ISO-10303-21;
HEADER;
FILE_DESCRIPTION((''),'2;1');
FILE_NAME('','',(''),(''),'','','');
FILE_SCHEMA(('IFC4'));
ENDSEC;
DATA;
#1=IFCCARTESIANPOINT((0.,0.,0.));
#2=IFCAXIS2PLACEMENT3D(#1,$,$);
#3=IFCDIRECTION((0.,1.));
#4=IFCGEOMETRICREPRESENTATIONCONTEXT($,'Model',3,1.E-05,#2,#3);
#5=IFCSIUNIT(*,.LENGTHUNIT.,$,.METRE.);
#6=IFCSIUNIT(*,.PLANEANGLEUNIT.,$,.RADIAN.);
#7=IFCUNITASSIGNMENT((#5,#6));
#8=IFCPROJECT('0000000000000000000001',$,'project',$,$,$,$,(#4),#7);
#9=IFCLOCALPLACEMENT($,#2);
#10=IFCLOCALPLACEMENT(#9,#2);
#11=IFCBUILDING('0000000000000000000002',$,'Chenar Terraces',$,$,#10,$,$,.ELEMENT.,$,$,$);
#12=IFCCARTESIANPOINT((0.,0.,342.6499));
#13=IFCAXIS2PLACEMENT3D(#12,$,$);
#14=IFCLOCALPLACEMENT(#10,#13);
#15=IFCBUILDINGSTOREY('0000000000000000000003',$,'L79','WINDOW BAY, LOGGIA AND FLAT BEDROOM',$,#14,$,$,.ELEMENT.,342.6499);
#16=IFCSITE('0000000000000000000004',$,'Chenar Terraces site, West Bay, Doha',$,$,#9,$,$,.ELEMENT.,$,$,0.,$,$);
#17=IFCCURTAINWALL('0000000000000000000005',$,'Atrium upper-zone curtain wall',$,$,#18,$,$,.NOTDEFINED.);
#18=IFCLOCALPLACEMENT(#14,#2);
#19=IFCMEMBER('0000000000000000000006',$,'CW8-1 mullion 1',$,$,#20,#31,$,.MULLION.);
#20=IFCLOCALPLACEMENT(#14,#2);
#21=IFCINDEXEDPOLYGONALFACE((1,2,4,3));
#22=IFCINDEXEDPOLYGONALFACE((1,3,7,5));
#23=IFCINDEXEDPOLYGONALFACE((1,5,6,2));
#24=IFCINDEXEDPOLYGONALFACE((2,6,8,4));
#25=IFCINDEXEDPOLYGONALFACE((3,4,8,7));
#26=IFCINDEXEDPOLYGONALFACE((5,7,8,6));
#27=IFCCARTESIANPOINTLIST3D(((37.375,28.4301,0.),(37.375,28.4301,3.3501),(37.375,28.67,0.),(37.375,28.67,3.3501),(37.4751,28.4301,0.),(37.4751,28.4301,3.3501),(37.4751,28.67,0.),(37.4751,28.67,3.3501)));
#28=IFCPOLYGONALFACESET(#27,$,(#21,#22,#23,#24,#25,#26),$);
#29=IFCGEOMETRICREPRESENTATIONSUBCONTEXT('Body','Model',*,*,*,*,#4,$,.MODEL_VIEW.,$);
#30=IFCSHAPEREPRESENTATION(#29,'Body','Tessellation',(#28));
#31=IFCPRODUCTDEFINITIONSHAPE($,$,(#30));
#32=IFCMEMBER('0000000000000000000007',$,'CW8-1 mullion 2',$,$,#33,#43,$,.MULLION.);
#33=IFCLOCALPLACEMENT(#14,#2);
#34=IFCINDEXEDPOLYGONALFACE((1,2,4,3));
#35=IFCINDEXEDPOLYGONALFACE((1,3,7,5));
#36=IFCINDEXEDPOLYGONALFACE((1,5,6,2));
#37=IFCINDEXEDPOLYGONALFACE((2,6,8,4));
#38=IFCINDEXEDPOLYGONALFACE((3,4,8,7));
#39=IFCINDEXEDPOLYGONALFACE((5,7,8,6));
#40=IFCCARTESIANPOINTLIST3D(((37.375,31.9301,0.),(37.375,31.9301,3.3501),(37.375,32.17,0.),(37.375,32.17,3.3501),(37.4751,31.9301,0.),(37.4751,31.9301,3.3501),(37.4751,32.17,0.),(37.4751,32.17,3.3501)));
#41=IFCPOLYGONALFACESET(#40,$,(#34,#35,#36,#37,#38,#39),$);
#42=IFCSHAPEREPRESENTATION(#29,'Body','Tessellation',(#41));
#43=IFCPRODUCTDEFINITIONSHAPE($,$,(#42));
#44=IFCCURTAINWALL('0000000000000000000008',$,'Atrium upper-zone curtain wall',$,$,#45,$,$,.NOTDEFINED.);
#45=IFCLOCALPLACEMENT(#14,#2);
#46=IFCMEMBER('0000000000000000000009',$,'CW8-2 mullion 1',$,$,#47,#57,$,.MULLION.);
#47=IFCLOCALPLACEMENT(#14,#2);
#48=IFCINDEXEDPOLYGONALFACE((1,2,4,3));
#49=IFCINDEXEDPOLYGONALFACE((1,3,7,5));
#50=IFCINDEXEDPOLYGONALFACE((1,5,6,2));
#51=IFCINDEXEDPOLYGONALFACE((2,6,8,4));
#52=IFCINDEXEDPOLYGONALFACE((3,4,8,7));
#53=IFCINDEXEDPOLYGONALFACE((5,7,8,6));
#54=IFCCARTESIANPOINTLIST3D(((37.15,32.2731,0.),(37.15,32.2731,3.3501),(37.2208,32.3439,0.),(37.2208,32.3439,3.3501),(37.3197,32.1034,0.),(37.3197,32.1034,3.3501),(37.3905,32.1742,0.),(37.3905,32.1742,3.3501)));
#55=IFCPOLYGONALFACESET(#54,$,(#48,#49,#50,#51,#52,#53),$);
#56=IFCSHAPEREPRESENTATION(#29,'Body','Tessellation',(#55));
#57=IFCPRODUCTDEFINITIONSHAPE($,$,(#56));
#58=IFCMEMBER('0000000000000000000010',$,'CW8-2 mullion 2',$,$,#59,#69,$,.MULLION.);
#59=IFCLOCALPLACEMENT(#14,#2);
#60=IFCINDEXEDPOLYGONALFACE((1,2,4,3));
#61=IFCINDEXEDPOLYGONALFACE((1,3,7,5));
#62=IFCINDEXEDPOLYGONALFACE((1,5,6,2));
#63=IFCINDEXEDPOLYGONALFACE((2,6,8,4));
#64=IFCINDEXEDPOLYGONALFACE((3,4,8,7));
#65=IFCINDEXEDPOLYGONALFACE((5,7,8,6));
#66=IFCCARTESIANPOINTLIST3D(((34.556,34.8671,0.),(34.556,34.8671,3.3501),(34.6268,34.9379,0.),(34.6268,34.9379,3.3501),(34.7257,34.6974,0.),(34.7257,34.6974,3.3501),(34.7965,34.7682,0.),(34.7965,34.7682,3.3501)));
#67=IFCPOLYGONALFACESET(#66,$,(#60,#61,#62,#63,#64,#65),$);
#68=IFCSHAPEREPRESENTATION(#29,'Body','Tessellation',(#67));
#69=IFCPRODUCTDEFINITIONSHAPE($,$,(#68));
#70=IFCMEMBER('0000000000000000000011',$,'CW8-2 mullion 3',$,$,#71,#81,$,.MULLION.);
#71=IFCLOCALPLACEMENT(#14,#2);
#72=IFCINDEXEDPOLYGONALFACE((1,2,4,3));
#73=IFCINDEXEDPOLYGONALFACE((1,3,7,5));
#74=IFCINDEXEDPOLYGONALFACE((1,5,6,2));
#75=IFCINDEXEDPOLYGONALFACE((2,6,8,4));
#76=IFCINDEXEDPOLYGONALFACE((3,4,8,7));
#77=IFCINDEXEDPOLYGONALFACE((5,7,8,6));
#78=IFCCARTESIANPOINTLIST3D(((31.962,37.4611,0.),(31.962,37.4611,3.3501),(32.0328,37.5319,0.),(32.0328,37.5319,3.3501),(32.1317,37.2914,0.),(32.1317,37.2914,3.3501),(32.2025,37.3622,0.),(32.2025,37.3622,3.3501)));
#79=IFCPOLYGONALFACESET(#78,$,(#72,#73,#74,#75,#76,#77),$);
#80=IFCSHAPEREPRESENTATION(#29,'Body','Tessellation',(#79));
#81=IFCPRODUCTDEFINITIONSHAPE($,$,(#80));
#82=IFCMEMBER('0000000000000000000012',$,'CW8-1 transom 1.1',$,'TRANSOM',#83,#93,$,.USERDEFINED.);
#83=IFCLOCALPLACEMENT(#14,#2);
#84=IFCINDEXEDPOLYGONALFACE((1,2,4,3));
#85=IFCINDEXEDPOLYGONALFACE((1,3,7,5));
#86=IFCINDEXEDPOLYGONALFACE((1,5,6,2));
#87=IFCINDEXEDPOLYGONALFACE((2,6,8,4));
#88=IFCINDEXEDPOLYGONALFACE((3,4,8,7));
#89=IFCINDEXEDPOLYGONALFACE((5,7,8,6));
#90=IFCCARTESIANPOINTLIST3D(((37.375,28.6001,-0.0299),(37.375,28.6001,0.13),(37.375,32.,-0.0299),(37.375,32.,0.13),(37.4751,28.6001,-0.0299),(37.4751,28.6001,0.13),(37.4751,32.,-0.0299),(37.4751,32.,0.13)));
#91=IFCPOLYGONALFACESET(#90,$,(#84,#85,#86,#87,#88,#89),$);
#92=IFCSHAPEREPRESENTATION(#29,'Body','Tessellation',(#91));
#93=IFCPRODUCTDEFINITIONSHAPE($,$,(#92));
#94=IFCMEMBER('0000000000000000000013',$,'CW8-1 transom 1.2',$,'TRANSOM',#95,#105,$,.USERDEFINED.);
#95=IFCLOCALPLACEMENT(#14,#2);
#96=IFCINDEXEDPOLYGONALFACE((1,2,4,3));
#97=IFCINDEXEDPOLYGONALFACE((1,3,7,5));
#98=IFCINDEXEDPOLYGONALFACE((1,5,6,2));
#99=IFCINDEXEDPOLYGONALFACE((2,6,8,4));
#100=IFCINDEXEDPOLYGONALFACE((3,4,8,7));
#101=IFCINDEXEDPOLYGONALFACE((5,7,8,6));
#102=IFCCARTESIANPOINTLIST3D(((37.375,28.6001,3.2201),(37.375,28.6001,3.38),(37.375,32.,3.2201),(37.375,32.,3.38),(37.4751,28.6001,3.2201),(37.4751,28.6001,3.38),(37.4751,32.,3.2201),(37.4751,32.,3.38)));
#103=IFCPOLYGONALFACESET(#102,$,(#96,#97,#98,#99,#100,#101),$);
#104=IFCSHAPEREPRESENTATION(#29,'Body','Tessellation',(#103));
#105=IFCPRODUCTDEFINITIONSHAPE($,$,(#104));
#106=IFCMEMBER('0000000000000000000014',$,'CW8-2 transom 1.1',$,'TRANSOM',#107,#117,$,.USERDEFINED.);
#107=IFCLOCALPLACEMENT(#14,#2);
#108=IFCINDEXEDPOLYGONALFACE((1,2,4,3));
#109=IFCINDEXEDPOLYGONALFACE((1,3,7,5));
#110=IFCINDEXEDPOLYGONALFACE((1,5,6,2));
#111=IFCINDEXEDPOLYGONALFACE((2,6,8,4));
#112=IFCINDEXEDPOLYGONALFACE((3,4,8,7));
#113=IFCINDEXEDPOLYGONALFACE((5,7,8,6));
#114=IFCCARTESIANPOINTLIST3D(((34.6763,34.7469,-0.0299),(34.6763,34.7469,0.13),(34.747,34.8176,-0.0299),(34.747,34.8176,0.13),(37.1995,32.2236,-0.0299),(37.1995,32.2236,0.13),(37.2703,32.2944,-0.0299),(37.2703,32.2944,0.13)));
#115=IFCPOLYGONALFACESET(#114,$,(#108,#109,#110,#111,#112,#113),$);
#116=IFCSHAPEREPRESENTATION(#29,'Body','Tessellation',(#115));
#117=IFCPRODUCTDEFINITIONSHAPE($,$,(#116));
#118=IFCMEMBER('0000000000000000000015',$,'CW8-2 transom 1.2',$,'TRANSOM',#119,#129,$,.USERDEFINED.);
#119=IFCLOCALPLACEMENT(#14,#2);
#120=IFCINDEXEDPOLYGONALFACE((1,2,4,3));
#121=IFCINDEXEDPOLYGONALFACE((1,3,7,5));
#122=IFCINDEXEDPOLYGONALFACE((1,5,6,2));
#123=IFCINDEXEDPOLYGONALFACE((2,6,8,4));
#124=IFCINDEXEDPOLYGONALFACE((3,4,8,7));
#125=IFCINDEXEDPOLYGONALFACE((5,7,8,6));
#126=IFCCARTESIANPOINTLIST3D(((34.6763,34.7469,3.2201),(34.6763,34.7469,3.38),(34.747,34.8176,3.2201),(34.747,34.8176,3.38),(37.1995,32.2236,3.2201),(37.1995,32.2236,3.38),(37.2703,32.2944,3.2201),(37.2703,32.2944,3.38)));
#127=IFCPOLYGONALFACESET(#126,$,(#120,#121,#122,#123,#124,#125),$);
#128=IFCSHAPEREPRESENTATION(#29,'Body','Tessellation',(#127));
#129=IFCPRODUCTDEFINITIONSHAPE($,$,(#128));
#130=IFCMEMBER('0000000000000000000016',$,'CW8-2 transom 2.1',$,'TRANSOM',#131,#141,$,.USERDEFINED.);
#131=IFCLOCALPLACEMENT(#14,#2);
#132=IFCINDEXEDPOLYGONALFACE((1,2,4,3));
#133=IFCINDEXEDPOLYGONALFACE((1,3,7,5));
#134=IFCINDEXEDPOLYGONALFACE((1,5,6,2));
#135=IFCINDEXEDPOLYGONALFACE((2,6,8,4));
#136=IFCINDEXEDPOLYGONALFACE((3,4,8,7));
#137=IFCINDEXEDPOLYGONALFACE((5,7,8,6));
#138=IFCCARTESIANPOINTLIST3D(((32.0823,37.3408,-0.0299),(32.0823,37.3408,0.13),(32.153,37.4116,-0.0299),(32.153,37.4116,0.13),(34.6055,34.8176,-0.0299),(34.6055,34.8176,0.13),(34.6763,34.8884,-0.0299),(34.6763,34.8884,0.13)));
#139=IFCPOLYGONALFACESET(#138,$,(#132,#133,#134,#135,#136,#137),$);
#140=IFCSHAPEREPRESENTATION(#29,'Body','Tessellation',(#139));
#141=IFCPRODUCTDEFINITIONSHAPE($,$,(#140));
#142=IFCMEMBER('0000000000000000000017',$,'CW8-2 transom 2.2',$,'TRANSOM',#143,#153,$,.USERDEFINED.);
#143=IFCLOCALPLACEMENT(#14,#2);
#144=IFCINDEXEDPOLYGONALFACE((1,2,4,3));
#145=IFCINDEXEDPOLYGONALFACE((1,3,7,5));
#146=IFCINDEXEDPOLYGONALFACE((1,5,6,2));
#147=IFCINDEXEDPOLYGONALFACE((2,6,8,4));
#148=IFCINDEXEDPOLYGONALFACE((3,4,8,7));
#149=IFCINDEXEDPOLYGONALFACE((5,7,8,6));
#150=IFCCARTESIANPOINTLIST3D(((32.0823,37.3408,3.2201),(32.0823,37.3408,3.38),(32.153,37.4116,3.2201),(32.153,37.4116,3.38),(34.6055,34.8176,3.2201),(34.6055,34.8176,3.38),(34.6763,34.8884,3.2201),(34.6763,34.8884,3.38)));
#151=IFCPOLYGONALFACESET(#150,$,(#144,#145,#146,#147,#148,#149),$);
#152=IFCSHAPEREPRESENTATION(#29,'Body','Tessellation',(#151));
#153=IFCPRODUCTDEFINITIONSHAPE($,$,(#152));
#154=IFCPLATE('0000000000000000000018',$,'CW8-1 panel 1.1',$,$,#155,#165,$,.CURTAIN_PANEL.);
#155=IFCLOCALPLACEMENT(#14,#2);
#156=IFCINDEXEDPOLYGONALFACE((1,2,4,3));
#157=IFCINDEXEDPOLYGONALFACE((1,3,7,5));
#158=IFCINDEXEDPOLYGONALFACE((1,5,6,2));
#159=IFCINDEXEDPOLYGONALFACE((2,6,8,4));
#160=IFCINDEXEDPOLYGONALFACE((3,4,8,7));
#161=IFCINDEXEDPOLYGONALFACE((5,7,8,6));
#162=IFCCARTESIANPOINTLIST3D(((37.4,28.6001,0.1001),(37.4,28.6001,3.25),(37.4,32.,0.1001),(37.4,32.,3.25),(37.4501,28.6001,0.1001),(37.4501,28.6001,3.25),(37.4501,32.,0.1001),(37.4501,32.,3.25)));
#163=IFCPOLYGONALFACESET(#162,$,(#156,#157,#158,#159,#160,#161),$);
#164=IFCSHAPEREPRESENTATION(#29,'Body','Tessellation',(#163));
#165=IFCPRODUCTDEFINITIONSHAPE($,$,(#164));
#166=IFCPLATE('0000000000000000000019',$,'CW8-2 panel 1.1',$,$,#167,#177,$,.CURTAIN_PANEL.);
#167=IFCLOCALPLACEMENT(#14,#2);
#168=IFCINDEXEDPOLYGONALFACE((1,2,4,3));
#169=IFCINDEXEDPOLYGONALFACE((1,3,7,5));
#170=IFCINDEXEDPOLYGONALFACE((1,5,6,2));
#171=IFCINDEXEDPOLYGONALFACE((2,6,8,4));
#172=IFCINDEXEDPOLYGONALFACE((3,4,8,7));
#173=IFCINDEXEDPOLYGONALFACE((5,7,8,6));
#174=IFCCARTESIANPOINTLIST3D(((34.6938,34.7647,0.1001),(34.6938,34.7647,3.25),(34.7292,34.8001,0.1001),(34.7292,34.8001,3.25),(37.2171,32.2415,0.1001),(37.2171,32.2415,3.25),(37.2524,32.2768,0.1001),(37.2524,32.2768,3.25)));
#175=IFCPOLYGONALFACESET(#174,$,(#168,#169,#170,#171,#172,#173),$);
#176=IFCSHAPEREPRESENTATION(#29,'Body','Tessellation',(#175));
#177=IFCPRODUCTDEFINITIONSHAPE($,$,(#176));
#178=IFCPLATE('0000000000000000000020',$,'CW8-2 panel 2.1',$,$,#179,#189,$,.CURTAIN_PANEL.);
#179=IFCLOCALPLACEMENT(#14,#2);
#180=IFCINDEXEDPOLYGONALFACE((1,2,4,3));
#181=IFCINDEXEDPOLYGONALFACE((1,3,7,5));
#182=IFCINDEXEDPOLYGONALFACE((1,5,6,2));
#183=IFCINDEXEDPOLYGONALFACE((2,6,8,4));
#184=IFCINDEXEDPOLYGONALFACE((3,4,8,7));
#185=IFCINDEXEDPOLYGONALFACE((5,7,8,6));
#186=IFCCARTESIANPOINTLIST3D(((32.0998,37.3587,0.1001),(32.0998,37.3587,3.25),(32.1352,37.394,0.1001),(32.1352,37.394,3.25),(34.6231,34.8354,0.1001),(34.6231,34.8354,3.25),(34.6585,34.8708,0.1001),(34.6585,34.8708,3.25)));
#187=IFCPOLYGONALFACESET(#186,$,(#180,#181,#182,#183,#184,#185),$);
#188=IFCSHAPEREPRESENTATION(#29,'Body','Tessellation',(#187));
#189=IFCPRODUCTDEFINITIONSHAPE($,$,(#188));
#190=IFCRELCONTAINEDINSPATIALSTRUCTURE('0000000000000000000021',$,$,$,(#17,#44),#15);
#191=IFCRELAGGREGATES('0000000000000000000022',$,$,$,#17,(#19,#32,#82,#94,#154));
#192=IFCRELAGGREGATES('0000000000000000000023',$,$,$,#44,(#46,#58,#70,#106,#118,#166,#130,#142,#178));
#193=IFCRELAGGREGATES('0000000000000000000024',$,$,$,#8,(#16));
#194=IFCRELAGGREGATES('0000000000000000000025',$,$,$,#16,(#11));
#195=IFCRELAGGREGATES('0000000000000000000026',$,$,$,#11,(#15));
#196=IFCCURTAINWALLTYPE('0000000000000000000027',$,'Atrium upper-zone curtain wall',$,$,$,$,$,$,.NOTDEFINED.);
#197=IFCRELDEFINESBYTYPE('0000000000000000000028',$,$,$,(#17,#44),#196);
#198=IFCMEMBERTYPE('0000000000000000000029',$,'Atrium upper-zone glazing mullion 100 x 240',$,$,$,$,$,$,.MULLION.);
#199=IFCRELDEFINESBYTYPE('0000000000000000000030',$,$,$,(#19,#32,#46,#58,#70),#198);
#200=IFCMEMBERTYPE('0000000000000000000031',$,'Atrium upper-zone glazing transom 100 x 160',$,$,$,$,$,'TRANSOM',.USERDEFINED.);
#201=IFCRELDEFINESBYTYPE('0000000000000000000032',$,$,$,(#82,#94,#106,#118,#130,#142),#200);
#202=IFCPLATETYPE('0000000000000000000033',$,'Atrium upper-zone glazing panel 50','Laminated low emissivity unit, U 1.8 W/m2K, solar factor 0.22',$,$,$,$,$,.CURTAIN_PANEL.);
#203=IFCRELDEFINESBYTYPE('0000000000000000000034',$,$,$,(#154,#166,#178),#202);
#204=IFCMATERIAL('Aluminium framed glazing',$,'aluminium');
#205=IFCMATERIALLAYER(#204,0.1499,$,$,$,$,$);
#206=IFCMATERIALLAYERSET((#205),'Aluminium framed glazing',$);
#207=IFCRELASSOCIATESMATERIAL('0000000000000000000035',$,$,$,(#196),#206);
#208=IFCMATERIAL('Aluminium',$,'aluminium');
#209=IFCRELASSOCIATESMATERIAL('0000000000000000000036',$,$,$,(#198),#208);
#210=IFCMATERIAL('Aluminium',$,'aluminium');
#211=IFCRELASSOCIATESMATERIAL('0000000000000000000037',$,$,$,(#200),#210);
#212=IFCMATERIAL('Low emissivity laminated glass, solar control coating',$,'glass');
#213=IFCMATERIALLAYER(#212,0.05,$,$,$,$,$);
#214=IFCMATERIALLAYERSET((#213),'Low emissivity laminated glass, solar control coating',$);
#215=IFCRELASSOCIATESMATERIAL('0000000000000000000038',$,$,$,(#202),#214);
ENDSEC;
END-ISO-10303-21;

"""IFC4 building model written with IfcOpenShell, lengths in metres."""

from ifc_helpers import new_model, si_unit, direction, frame, origin, origin_2d, place, context, subcontext, project, spatial, rectangle, extrude, material, layer, layer_set, material_profile, profile_set, type_object, element, aggregate, save


model = new_model("IFC4")

# Units and contexts
model_context = context("Model", 3, precision=1e-05, world=origin(), true_north=direction((0.0, 1.0)))
body_context = subcontext(model_context, "Body", "Model", "MODEL_VIEW")
ifc_project = project(units=[si_unit("LENGTHUNIT", "METRE"), si_unit("PLANEANGLEUNIT", "RADIAN")], contexts=[model_context])

# Site, building, storey
site_placement = place(None, origin())
site = spatial("IfcSite", under=ifc_project, at=site_placement, Name="Chenar Terraces site, West Bay, Doha", CompositionType="ELEMENT", RefElevation=0.0)
building_placement = place(site_placement, origin())
building = spatial("IfcBuilding", under=site, at=building_placement, Name="Chenar Terraces", CompositionType="ELEMENT")
storey_placement = place(building_placement, frame((0.0, 0.0, 342.6499)))
storey = spatial("IfcBuildingStorey", under=building, at=storey_placement, Name="L79", Description="WINDOW BAY, LOGGIA AND FLAT BEDROOM", CompositionType="ELEMENT", Elevation=342.6499)

# Curtain walls, members
ifc_material_1 = material(Name="Aluminium framed glazing", Category="aluminium")
ifc_layer_1 = layer(ifc_material_1, 0.1499)
ifc_layer_set_1 = layer_set([ifc_layer_1], Name="Aluminium framed glazing")
curtain_wall_type = type_object("IfcCurtainWallType", Name="Atrium upper-zone curtain wall", PredefinedType="NOTDEFINED", material=ifc_layer_set_1)
placement = place(storey_placement, origin())
curtain_wall_1 = element("IfcCurtainWall", 1, at=placement, inside=storey, type_object=curtain_wall_type, Name="Atrium upper-zone curtain wall", PredefinedType="NOTDEFINED")
ifc_material_2 = material(Name="Aluminium", Category="aluminium")
ifc_material_profile_1 = material_profile(ifc_material_2, rectangle(XDim=0.1001, YDim=0.24, at=origin_2d()), Name="Atrium upper-zone glazing mullion 100 x 240")
ifc_profile_set_1 = profile_set([ifc_material_profile_1], Name="Aluminium")
member_type_1 = type_object("IfcMemberType", Name="Atrium upper-zone glazing mullion 100 x 240", PredefinedType="MULLION", material=ifc_profile_set_1)
member_1_placement = place(storey_placement, frame((37.425, 28.55, 0.0), z_axis=(0.0, 0.0, 1.0), x_axis=(-1.0, 0.0, 0.0)))
member_1 = element("IfcMember", 2, at=member_1_placement, type_object=member_type_1, Name="CW8-1 mullion 1", PredefinedType="MULLION", context=body_context, shape_type="SweptSolid", body=[
    extrude(rectangle(XDim=0.1001, YDim=0.24, at=origin_2d()), origin(), (0.0, 0.0, 1.0), 3.3501),
])
member_2_placement = place(storey_placement, frame((37.425, 32.05, 0.0), z_axis=(0.0, 0.0, 1.0), x_axis=(-1.0, 0.0, 0.0)))
member_2 = element("IfcMember", 3, at=member_2_placement, type_object=member_type_1, Name="CW8-1 mullion 2", PredefinedType="MULLION", context=body_context, shape_type="SweptSolid", body=[
    extrude(rectangle(XDim=0.1001, YDim=0.24, at=origin_2d()), origin(), (0.0, 0.0, 1.0), 3.3501),
])
curtain_wall_2 = element("IfcCurtainWall", 4, at=placement, inside=storey, type_object=curtain_wall_type, Name="Atrium upper-zone curtain wall", PredefinedType="NOTDEFINED")
member_3_placement = place(storey_placement, frame((37.2703, 32.2236, 0.0), z_axis=(0.0, 0.0, 1.0), x_axis=(-0.707107, -0.707107, 0.0)))
member_3 = element("IfcMember", 5, at=member_3_placement, type_object=member_type_1, Name="CW8-2 mullion 1", PredefinedType="MULLION", context=body_context, shape_type="SweptSolid", body=[
    extrude(rectangle(XDim=0.1001, YDim=0.24, at=origin_2d()), origin(), (0.0, 0.0, 1.0), 3.3501),
])
member_4_placement = place(storey_placement, frame((34.6763, 34.8176, 0.0), z_axis=(0.0, 0.0, 1.0), x_axis=(-0.707107, -0.707107, 0.0)))
member_4 = element("IfcMember", 6, at=member_4_placement, type_object=member_type_1, Name="CW8-2 mullion 2", PredefinedType="MULLION", context=body_context, shape_type="SweptSolid", body=[
    extrude(rectangle(XDim=0.1001, YDim=0.24, at=origin_2d()), origin(), (0.0, 0.0, 1.0), 3.3501),
])
member_5_placement = place(storey_placement, frame((32.0823, 37.4116, 0.0), z_axis=(0.0, 0.0, 1.0), x_axis=(-0.707107, -0.707107, 0.0)))
member_5 = element("IfcMember", 7, at=member_5_placement, type_object=member_type_1, Name="CW8-2 mullion 3", PredefinedType="MULLION", context=body_context, shape_type="SweptSolid", body=[
    extrude(rectangle(XDim=0.1001, YDim=0.24, at=origin_2d()), origin(), (0.0, 0.0, 1.0), 3.3501),
])

# Members
ifc_material_3 = material(Name="Aluminium", Category="aluminium")
ifc_material_profile_2 = material_profile(ifc_material_3, rectangle(XDim=0.1001, YDim=0.1599, at=origin_2d()), Name="Atrium upper-zone glazing transom 100 x 160")
ifc_profile_set_2 = profile_set([ifc_material_profile_2], Name="Aluminium")
member_type_2 = type_object("IfcMemberType", Name="Atrium upper-zone glazing transom 100 x 160", ElementType="TRANSOM", PredefinedType="USERDEFINED", material=ifc_profile_set_2)
member_6_placement = place(storey_placement, frame((37.425, 28.6001, 0.05), z_axis=(0.0, 1.0, 0.0), x_axis=(-1.0, 0.0, 0.0)))
member_6 = element("IfcMember", 8, at=member_6_placement, type_object=member_type_2, Name="CW8-1 transom 1.1", ObjectType="TRANSOM", PredefinedType="USERDEFINED", context=body_context, shape_type="SweptSolid", body=[
    extrude(rectangle(XDim=0.1001, YDim=0.1599, at=origin_2d()), origin(), (0.0, 0.0, 1.0), 3.3999),
])
member_7_placement = place(storey_placement, frame((37.425, 28.6001, 3.3), z_axis=(0.0, 1.0, 0.0), x_axis=(-1.0, 0.0, 0.0)))
member_7 = element("IfcMember", 9, at=member_7_placement, type_object=member_type_2, Name="CW8-1 transom 1.2", ObjectType="TRANSOM", PredefinedType="USERDEFINED", context=body_context, shape_type="SweptSolid", body=[
    extrude(rectangle(XDim=0.1001, YDim=0.1599, at=origin_2d()), origin(), (0.0, 0.0, 1.0), 3.3999),
])
member_8_placement = place(storey_placement, frame((37.2349, 32.259, 0.05), z_axis=(-0.707107, 0.707107, 0.0), x_axis=(-0.707107, -0.707107, 0.0)))
member_8 = element("IfcMember", 10, at=member_8_placement, type_object=member_type_2, Name="CW8-2 transom 1.1", ObjectType="TRANSOM", PredefinedType="USERDEFINED", context=body_context, shape_type="SweptSolid", body=[
    extrude(rectangle(XDim=0.1001, YDim=0.1599, at=origin_2d()), origin(), (0.0, 0.0, 1.0), 3.5684),
])
member_9_placement = place(storey_placement, frame((37.2349, 32.259, 3.3), z_axis=(-0.707107, 0.707107, 0.0), x_axis=(-0.707107, -0.707107, 0.0)))
member_9 = element("IfcMember", 11, at=member_9_placement, type_object=member_type_2, Name="CW8-2 transom 1.2", ObjectType="TRANSOM", PredefinedType="USERDEFINED", context=body_context, shape_type="SweptSolid", body=[
    extrude(rectangle(XDim=0.1001, YDim=0.1599, at=origin_2d()), origin(), (0.0, 0.0, 1.0), 3.5684),
])
member_10_placement = place(storey_placement, frame((34.6409, 34.853, 0.05), z_axis=(-0.707107, 0.707107, 0.0), x_axis=(-0.707107, -0.707107, 0.0)))
member_10 = element("IfcMember", 12, at=member_10_placement, type_object=member_type_2, Name="CW8-2 transom 2.1", ObjectType="TRANSOM", PredefinedType="USERDEFINED", context=body_context, shape_type="SweptSolid", body=[
    extrude(rectangle(XDim=0.1001, YDim=0.1599, at=origin_2d()), origin(), (0.0, 0.0, 1.0), 3.5684),
])
member_11_placement = place(storey_placement, frame((34.6409, 34.853, 3.3), z_axis=(-0.707107, 0.707107, 0.0), x_axis=(-0.707107, -0.707107, 0.0)))
member_11 = element("IfcMember", 13, at=member_11_placement, type_object=member_type_2, Name="CW8-2 transom 2.2", ObjectType="TRANSOM", PredefinedType="USERDEFINED", context=body_context, shape_type="SweptSolid", body=[
    extrude(rectangle(XDim=0.1001, YDim=0.1599, at=origin_2d()), origin(), (0.0, 0.0, 1.0), 3.5684),
])

# Plates
ifc_material_4 = material(Name="Low emissivity laminated glass, solar control coating", Category="glass")
ifc_layer_2 = layer(ifc_material_4, 0.05)
ifc_layer_set_2 = layer_set([ifc_layer_2], Name="Low emissivity laminated glass, solar control coating")
plate_type = type_object("IfcPlateType", Name="Atrium upper-zone glazing panel 50", Description="Laminated low emissivity unit, U 1.8 W/m2K, solar factor 0.22", PredefinedType="CURTAIN_PANEL", material=ifc_layer_set_2)
plate_1_placement = place(storey_placement, frame((37.425, 30.3, 0.1001), z_axis=(0.0, 0.0, 1.0), x_axis=(0.0, 1.0, 0.0)))
plate_1 = element("IfcPlate", 14, at=plate_1_placement, type_object=plate_type, Name="CW8-1 panel 1.1", PredefinedType="CURTAIN_PANEL", context=body_context, shape_type="SweptSolid", body=[
    extrude(rectangle(XDim=3.3999, YDim=0.05, at=origin_2d()), origin(), (0.0, 0.0, 1.0), 3.1499),
])
aggregate(curtain_wall_1, [member_1, member_2, member_6, member_7, plate_1])
plate_2_placement = place(storey_placement, frame((35.9731, 33.5208, 0.1001), z_axis=(0.0, 0.0, 1.0), x_axis=(-0.707107, 0.707107, 0.0)))
plate_2 = element("IfcPlate", 15, at=plate_2_placement, type_object=plate_type, Name="CW8-2 panel 1.1", PredefinedType="CURTAIN_PANEL", context=body_context, shape_type="SweptSolid", body=[
    extrude(rectangle(XDim=3.5684, YDim=0.05, at=origin_2d()), origin(), (0.0, 0.0, 1.0), 3.1499),
])
plate_3_placement = place(storey_placement, frame((33.3792, 36.1147, 0.1001), z_axis=(0.0, 0.0, 1.0), x_axis=(-0.707107, 0.707107, 0.0)))
plate_3 = element("IfcPlate", 16, at=plate_3_placement, type_object=plate_type, Name="CW8-2 panel 2.1", PredefinedType="CURTAIN_PANEL", context=body_context, shape_type="SweptSolid", body=[
    extrude(rectangle(XDim=3.5684, YDim=0.05, at=origin_2d()), origin(), (0.0, 0.0, 1.0), 3.1499),
])
aggregate(curtain_wall_2, [member_3, member_4, member_5, member_8, member_9, plate_2, member_10, member_11, plate_3])

save(model, "model.ifc")
